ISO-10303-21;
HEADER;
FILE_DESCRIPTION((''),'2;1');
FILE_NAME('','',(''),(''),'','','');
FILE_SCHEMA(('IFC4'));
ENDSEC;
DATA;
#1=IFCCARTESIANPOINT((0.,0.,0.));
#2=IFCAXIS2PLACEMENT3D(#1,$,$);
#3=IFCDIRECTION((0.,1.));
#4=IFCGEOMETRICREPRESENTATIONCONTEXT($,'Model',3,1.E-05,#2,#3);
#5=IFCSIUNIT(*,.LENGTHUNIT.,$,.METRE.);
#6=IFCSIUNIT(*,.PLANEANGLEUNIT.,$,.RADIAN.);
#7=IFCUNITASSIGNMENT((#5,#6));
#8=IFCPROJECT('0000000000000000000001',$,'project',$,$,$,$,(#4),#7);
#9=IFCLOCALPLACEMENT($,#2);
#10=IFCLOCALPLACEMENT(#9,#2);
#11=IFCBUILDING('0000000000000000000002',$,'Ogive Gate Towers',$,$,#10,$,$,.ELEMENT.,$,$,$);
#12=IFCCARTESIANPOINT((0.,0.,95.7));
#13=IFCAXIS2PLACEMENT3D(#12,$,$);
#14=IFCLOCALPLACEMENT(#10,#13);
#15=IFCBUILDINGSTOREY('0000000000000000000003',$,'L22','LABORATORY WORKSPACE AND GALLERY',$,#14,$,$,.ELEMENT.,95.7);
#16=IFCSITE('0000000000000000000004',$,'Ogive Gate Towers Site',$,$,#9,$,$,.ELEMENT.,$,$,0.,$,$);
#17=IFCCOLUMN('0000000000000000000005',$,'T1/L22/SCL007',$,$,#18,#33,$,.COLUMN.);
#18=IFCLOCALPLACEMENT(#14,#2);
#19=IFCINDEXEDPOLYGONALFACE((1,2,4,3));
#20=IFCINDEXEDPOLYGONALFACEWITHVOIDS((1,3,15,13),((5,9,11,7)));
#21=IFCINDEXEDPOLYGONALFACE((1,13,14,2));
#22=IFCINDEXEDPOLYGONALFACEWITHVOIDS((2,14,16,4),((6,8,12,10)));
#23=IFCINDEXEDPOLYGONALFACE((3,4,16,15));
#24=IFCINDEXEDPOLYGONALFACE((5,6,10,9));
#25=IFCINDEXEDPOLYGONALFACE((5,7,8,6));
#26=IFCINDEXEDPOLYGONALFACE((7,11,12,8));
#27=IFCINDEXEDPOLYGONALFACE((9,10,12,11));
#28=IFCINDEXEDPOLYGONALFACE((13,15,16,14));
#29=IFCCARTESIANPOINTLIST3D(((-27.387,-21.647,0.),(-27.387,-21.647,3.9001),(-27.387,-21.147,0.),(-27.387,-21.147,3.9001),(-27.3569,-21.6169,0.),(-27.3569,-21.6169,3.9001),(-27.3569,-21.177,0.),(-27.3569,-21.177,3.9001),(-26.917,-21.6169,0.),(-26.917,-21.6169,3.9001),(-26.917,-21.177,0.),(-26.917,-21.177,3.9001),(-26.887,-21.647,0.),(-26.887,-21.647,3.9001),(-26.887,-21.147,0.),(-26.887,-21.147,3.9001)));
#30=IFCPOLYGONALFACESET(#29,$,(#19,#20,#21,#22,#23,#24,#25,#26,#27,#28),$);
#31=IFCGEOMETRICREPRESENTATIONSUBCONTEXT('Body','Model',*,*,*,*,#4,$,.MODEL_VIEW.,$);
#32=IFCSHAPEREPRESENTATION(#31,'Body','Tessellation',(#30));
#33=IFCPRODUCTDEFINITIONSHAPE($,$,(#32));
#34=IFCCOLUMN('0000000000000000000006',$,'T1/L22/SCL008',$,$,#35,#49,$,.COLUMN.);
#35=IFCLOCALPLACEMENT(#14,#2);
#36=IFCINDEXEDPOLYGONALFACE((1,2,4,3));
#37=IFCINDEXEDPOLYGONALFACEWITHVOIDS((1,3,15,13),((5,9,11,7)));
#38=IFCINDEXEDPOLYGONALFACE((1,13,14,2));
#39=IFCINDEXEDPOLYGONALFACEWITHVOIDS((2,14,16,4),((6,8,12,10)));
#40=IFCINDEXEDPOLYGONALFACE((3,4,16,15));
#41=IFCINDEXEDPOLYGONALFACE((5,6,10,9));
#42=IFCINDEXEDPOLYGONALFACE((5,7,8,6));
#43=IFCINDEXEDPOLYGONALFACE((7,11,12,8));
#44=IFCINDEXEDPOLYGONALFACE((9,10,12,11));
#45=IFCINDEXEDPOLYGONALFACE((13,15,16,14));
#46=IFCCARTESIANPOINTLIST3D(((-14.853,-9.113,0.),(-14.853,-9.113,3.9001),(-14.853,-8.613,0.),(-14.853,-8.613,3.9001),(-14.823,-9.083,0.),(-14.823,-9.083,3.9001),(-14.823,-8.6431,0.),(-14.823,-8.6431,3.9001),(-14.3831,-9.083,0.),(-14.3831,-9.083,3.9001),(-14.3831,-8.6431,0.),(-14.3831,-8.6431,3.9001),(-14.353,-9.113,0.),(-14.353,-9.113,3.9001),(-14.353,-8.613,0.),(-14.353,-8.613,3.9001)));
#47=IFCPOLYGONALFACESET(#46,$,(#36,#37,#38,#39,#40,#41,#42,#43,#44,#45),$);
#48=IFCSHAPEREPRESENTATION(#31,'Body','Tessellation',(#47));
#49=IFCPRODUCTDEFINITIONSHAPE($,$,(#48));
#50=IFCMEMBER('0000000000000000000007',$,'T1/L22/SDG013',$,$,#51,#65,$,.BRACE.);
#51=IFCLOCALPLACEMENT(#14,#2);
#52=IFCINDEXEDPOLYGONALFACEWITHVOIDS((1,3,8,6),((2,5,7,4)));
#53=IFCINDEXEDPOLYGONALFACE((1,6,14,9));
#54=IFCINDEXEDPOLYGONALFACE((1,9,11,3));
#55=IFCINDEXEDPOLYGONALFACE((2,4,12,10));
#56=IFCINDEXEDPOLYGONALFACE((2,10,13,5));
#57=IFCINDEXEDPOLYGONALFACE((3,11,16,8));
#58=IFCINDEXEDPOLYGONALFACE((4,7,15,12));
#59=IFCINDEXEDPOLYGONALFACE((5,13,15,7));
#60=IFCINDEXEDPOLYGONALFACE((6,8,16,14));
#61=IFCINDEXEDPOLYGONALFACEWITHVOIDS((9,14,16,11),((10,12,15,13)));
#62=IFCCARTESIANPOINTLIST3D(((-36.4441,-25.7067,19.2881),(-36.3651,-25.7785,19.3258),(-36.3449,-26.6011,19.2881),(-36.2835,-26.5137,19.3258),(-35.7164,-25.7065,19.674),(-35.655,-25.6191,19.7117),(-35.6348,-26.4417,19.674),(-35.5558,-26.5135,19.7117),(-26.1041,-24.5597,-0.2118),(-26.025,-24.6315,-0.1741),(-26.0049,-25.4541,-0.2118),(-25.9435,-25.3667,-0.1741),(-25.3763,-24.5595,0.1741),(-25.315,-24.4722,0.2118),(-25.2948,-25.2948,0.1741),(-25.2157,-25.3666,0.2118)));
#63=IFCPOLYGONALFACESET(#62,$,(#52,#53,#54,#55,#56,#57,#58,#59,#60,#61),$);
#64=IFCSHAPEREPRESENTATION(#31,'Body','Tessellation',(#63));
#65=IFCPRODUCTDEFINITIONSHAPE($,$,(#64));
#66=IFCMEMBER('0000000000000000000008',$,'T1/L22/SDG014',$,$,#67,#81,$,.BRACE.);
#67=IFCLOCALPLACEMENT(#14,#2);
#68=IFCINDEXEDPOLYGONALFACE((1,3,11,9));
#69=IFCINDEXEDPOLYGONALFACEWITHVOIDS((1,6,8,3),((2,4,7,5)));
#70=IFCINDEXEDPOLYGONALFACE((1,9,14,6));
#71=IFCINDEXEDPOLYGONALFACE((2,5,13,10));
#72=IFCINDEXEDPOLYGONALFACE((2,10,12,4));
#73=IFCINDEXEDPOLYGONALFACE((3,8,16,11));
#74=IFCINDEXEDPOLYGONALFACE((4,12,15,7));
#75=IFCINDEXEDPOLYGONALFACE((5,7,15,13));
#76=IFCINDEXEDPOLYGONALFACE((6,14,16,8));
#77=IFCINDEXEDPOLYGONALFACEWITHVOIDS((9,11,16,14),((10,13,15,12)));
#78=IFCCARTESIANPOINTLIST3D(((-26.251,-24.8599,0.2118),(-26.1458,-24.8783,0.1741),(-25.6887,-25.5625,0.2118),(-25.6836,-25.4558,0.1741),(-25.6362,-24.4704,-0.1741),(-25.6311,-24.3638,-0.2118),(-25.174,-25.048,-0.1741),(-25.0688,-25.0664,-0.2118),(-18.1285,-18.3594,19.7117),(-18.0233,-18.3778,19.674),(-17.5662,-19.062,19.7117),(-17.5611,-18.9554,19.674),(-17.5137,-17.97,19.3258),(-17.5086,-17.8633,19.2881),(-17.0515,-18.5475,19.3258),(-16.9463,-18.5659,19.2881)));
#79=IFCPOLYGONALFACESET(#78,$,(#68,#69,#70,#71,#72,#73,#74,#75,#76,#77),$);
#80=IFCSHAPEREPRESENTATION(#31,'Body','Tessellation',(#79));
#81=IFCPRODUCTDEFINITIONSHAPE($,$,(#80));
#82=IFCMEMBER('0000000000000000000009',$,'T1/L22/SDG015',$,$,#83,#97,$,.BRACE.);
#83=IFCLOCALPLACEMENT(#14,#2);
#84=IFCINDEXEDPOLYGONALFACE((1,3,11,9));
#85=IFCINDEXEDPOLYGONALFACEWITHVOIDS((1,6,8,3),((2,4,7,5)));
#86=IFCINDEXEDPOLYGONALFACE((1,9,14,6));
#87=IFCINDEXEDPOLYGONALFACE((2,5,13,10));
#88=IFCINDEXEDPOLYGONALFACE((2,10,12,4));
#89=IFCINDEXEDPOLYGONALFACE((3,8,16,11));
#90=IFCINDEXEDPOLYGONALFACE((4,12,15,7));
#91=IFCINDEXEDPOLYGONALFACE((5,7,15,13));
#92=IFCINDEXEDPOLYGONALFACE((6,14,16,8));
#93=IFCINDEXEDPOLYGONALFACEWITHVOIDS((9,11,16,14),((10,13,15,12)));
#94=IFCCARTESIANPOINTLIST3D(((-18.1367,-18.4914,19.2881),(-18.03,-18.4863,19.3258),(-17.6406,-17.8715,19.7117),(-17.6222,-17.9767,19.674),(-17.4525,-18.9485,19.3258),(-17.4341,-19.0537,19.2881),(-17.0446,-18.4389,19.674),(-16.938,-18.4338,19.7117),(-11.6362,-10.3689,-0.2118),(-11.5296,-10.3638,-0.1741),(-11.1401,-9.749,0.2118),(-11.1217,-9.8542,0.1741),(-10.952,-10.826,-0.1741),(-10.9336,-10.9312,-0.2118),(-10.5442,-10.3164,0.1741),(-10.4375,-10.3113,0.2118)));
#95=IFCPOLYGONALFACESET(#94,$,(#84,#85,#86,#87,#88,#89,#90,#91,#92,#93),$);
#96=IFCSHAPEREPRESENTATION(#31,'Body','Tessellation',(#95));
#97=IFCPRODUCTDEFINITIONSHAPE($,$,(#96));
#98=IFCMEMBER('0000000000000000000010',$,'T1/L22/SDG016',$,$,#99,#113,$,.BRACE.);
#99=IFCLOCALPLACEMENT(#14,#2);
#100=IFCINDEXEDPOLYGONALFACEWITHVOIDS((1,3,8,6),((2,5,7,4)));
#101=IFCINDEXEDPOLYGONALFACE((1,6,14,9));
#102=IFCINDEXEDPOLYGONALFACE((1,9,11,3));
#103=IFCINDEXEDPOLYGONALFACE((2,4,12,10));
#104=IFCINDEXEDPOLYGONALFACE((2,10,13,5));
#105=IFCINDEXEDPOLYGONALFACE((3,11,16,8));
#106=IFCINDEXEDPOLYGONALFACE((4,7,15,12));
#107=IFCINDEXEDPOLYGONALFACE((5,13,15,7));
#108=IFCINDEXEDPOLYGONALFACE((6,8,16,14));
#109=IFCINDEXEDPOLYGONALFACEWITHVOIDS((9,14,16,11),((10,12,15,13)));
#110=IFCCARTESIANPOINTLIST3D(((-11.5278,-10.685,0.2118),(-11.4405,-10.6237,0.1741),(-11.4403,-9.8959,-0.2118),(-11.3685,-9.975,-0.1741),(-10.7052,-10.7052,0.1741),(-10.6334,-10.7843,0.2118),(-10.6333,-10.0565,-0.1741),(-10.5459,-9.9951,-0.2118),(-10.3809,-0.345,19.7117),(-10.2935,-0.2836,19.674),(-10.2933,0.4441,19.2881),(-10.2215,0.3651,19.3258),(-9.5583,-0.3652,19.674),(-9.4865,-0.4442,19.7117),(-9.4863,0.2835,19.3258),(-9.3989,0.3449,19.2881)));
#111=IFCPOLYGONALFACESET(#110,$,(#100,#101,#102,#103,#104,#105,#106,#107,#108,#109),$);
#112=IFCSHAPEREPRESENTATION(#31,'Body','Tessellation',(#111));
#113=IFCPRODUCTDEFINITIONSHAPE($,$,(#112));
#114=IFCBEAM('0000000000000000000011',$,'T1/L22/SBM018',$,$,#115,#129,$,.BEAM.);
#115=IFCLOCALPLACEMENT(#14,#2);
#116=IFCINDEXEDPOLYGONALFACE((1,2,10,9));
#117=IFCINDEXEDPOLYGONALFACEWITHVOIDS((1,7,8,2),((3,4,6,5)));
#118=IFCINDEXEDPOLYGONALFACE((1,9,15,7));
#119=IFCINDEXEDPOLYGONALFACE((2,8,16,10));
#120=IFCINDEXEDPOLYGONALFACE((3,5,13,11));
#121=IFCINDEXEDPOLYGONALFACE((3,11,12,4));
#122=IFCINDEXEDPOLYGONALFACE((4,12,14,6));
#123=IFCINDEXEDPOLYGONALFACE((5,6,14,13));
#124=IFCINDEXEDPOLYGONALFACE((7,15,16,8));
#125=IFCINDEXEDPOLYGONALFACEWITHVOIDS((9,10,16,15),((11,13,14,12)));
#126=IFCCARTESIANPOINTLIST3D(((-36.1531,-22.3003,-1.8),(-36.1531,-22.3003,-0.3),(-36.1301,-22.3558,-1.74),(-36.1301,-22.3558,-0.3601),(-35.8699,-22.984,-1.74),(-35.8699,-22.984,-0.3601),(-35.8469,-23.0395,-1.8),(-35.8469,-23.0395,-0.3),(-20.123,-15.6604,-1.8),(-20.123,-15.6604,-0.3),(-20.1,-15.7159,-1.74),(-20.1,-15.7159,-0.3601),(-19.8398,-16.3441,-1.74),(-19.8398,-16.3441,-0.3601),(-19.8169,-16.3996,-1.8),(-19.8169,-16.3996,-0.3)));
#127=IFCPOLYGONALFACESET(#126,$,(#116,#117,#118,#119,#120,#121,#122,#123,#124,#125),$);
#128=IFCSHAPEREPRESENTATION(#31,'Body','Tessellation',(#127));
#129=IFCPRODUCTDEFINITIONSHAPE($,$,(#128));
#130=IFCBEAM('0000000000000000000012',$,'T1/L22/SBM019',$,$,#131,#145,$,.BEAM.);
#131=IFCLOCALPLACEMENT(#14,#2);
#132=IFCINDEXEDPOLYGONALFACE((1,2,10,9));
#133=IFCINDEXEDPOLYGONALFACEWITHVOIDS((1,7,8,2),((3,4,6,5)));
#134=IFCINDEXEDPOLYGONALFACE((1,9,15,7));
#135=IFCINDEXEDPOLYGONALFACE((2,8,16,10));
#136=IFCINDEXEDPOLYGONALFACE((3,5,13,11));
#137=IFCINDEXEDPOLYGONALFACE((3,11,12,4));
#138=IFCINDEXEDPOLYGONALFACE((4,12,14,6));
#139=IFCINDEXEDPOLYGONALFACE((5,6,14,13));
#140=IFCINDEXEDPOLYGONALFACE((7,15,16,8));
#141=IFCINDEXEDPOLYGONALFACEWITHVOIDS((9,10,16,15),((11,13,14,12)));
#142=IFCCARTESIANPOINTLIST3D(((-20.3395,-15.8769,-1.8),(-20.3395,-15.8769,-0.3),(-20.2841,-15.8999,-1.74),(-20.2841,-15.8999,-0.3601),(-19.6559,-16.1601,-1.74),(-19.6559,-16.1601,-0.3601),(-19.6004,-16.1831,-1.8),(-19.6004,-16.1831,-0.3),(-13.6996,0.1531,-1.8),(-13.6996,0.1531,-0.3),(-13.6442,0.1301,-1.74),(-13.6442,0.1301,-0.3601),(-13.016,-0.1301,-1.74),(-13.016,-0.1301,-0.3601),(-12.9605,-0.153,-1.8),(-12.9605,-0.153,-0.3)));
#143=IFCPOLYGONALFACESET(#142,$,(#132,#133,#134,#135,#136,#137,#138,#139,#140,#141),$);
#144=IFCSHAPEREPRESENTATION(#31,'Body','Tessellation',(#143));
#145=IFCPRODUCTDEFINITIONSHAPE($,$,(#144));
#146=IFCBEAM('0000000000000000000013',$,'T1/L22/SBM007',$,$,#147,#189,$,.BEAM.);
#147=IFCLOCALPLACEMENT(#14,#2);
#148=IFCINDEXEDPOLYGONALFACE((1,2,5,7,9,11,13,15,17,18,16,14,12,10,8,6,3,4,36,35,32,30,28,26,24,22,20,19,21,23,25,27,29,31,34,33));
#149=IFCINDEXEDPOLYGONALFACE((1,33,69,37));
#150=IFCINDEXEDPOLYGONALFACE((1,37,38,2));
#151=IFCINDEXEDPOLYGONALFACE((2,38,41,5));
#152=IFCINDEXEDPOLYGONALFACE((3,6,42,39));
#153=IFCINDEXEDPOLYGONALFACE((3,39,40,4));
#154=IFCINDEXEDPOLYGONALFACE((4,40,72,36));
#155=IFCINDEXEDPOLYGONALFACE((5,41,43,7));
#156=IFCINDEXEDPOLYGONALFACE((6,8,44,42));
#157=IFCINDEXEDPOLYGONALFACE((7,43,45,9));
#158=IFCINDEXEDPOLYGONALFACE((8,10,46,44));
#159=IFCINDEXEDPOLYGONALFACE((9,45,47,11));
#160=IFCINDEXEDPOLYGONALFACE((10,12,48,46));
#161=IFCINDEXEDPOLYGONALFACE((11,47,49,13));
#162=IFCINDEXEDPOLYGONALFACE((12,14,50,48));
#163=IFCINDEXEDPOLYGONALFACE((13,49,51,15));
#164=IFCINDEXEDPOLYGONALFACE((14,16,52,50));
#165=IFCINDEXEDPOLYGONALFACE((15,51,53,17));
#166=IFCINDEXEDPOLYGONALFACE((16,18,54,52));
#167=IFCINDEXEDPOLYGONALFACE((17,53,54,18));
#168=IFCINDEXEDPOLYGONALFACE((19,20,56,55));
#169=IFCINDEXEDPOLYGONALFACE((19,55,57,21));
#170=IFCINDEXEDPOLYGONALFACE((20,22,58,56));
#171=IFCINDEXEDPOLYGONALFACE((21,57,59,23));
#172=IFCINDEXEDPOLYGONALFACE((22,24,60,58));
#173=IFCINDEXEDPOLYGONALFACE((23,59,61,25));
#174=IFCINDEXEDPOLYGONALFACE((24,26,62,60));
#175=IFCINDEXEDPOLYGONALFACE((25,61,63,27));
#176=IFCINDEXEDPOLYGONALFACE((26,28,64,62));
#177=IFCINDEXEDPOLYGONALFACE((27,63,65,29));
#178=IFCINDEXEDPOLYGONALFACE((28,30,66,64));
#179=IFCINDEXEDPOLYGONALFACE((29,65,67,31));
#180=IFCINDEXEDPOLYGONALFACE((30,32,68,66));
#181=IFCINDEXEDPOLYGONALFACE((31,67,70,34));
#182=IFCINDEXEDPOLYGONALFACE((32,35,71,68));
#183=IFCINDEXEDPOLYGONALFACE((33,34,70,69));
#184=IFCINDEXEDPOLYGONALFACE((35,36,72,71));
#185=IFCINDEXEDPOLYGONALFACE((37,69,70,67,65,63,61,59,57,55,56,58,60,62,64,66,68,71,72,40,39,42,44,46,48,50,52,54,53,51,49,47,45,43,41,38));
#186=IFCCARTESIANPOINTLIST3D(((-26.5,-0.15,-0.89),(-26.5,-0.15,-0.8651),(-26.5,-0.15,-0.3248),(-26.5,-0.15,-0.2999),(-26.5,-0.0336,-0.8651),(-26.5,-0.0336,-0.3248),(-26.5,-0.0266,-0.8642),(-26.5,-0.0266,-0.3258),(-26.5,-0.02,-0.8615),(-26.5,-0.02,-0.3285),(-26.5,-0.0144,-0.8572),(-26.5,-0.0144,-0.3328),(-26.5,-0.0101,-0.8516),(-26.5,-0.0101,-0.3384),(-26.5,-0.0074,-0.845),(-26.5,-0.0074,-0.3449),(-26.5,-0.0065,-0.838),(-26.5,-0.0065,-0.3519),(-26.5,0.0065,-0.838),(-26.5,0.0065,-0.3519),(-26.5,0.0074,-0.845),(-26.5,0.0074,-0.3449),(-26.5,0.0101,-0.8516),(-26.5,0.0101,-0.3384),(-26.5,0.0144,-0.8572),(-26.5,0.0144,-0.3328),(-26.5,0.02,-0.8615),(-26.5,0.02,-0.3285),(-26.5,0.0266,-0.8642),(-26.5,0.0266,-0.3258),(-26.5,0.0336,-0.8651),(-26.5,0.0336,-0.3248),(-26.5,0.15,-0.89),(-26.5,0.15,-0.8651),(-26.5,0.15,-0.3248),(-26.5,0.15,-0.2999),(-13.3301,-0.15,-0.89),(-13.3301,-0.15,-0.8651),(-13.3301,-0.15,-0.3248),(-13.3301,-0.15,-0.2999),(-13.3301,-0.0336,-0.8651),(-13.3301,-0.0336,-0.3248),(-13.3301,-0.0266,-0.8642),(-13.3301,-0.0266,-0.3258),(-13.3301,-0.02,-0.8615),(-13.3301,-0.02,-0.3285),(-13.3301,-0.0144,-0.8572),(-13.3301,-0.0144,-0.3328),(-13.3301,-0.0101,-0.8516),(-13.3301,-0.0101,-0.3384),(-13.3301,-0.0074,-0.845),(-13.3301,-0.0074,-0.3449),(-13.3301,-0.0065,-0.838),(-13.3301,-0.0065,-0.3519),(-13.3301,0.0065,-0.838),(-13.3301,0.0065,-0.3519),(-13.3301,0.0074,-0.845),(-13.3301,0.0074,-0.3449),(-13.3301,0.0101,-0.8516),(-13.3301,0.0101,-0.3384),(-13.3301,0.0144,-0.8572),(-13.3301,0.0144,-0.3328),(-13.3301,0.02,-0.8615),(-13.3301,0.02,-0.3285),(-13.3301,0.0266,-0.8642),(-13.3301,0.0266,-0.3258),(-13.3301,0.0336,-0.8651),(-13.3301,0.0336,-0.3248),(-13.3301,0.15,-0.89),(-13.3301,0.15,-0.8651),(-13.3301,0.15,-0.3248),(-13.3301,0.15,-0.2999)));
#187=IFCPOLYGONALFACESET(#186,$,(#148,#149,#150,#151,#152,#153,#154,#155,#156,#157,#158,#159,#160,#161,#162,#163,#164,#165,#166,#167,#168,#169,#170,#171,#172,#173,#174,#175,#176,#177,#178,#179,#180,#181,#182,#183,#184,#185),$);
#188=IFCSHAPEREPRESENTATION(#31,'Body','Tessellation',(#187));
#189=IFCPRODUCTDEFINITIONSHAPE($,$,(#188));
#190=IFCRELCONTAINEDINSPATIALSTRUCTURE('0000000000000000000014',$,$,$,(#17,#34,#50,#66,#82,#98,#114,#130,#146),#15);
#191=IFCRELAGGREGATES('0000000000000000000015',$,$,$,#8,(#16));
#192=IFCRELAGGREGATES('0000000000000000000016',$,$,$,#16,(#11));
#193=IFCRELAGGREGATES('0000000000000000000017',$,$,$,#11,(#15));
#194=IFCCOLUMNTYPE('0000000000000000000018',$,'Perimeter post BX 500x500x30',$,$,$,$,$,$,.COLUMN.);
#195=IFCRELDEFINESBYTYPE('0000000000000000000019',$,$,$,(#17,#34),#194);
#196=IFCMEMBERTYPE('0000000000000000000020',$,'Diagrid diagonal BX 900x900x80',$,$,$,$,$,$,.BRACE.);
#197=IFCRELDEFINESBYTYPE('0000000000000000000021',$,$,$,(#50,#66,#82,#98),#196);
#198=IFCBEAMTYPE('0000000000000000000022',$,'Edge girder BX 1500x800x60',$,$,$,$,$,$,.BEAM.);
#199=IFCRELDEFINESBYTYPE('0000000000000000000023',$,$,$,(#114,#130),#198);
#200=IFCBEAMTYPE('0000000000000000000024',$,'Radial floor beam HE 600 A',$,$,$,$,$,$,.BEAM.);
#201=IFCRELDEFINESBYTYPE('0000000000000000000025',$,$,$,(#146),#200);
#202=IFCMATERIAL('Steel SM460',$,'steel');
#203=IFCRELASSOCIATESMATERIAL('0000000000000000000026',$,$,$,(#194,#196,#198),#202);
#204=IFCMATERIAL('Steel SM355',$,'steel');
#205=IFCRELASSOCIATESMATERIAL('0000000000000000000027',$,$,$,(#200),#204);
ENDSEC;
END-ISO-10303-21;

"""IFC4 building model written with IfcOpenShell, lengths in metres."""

from ifc_helpers import new_model, si_unit, direction, frame, origin, origin_2d, place, context, subcontext, project, spatial, hollow_rectangle, i_section, extrude, material, material_profile, profile_set, type_object, element, save


model = new_model("IFC4")

# Units and contexts
model_context = context("Model", 3, precision=1e-05, world=origin(), true_north=direction((0.0, 1.0)))
body_context = subcontext(model_context, "Body", "Model", "MODEL_VIEW")
ifc_project = project(units=[si_unit("LENGTHUNIT", "METRE"), si_unit("PLANEANGLEUNIT", "RADIAN")], contexts=[model_context])

# Site, building, storey
site_placement = place(None, origin())
site = spatial("IfcSite", under=ifc_project, at=site_placement, Name="Ogive Gate Towers Site", CompositionType="ELEMENT", RefElevation=0.0)
building_placement = place(site_placement, origin())
building = spatial("IfcBuilding", under=site, at=building_placement, Name="Ogive Gate Towers", CompositionType="ELEMENT")
storey_placement = place(building_placement, frame((0.0, 0.0, 95.7)))
storey = spatial("IfcBuildingStorey", under=building, at=storey_placement, Name="L22", Description="LABORATORY WORKSPACE AND GALLERY", CompositionType="ELEMENT", Elevation=95.7)

# Columns
ifc_material_1 = material(Name="Steel SM460", Category="steel")
ifc_material_profile_1 = material_profile(ifc_material_1, hollow_rectangle(XDim=0.5, YDim=0.5, WallThickness=0.03, at=origin_2d()), Name="BX 500x500x30")
ifc_profile_set_1 = profile_set([ifc_material_profile_1], Name="Steel SM460")
column_type = type_object("IfcColumnType", Name="Perimeter post BX 500x500x30", PredefinedType="COLUMN", material=ifc_profile_set_1)
for number, where, z_axis, x_axis, name in (
    (1, (-27.137, -21.397, 0.0), (0.0, 0.0, 1.0), (1.0, 0.0, 0.0), "T1/L22/SCL007"),
    (2, (-14.603, -8.863, 0.0), (0.0, 0.0, 1.0), (1.0, 0.0, 0.0), "T1/L22/SCL008"),
):
    element("IfcColumn", number, at=place(storey_placement, frame(where, z_axis=z_axis, x_axis=x_axis)), inside=storey, type_object=column_type, Name=name, PredefinedType="COLUMN", context=body_context, shape_type="SweptSolid", body=[
        extrude(hollow_rectangle(XDim=0.5, YDim=0.5, WallThickness=0.03, at=origin_2d()), origin(), (0.0, 0.0, 1.0), 3.9001),
    ])

# Members
ifc_material_profile_2 = material_profile(ifc_material_1, hollow_rectangle(XDim=0.8999, YDim=0.8999, WallThickness=0.0801, at=origin_2d()), Name="BX 900x900x80")
ifc_profile_set_2 = profile_set([ifc_material_profile_2], Name="Steel SM460")
member_type = type_object("IfcMemberType", Name="Diagrid diagonal BX 900x900x80", PredefinedType="BRACE", material=ifc_profile_set_2)
for number, where, z_axis, x_axis, name in (
    (3, (-25.6599, -24.9631, 0.0), (-0.467842, -0.051895, 0.882287), (0.110249, -0.993904, 0.0), "T1/L22/SDG013"),
    (4, (-25.6599, -24.9631, 0.0), (0.367509, 0.294118, 0.882288), (-0.624838, 0.780754, 0.0), "T1/L22/SDG014"),
    (5, (-11.0369, -10.3401, 0.0), (-0.294118, -0.367509, 0.882288), (0.780754, -0.624838, 0.0), "T1/L22/SDG015"),
    (6, (-11.0369, -10.3401, 0.0), (0.051895, 0.467842, 0.882287), (-0.993904, 0.110249, 0.0), "T1/L22/SDG016"),
):
    element("IfcMember", number, at=place(storey_placement, frame(where, z_axis=z_axis, x_axis=x_axis)), inside=storey, type_object=member_type, Name=name, PredefinedType="BRACE", context=body_context, shape_type="SweptSolid", body=[
        extrude(hollow_rectangle(XDim=0.8999, YDim=0.8999, WallThickness=0.0801, at=origin_2d()), origin(), (0.0, 0.0, 1.0), 22.1016),
    ])

# Beams
ifc_material_profile_3 = material_profile(ifc_material_1, hollow_rectangle(XDim=0.8, YDim=1.5, WallThickness=0.0601, at=origin_2d()), Name="BX 1500x800x60")
ifc_profile_set_3 = profile_set([ifc_material_profile_3], Name="Steel SM460")
beam_type_1 = type_object("IfcBeamType", Name="Edge girder BX 1500x800x60", PredefinedType="BEAM", material=ifc_profile_set_3)
for number, where, z_axis, x_axis, name in (
    (7, (-36.0, -22.6699, -1.05), (0.923879, 0.382685, 0.0), (-0.382685, 0.923879, 0.0), "T1/L22/SBM018"),
    (8, (-19.97, -16.03, -1.05), (0.382685, 0.923879, 0.0), (-0.923879, 0.382685, 0.0), "T1/L22/SBM019"),
):
    element("IfcBeam", number, at=place(storey_placement, frame(where, z_axis=z_axis, x_axis=x_axis)), inside=storey, type_object=beam_type_1, Name=name, PredefinedType="BEAM", context=body_context, shape_type="SweptSolid", body=[
        extrude(hollow_rectangle(XDim=0.8, YDim=1.5, WallThickness=0.0601, at=origin_2d()), origin(), (0.0, 0.0, 1.0), 17.3508),
    ])
ifc_material_2 = material(Name="Steel SM355", Category="steel")
ifc_material_profile_4 = material_profile(ifc_material_2, i_section(OverallWidth=0.3, OverallDepth=0.5901, WebThickness=0.0129, FlangeThickness=0.0249, FilletRadius=0.0271, at=origin_2d()), Name="HE 600 A")
ifc_profile_set_4 = profile_set([ifc_material_profile_4], Name="Steel SM355")
beam_type_2 = type_object("IfcBeamType", Name="Radial floor beam HE 600 A", PredefinedType="BEAM", material=ifc_profile_set_4)
beam_1_placement = place(storey_placement, frame((-26.5, 0.0, -0.595), z_axis=(1.0, 0.0, 0.0), x_axis=(0.0, 1.0, 0.0)))
element("IfcBeam", 9, at=beam_1_placement, inside=storey, type_object=beam_type_2, Name="T1/L22/SBM007", PredefinedType="BEAM", context=body_context, shape_type="SweptSolid", body=[
    extrude(i_section(OverallWidth=0.3, OverallDepth=0.5901, WebThickness=0.0129, FlangeThickness=0.0249, FilletRadius=0.0271, at=origin_2d()), origin(), (0.0, 0.0, 1.0), 13.1699),
])

save(model, "model.ifc")
